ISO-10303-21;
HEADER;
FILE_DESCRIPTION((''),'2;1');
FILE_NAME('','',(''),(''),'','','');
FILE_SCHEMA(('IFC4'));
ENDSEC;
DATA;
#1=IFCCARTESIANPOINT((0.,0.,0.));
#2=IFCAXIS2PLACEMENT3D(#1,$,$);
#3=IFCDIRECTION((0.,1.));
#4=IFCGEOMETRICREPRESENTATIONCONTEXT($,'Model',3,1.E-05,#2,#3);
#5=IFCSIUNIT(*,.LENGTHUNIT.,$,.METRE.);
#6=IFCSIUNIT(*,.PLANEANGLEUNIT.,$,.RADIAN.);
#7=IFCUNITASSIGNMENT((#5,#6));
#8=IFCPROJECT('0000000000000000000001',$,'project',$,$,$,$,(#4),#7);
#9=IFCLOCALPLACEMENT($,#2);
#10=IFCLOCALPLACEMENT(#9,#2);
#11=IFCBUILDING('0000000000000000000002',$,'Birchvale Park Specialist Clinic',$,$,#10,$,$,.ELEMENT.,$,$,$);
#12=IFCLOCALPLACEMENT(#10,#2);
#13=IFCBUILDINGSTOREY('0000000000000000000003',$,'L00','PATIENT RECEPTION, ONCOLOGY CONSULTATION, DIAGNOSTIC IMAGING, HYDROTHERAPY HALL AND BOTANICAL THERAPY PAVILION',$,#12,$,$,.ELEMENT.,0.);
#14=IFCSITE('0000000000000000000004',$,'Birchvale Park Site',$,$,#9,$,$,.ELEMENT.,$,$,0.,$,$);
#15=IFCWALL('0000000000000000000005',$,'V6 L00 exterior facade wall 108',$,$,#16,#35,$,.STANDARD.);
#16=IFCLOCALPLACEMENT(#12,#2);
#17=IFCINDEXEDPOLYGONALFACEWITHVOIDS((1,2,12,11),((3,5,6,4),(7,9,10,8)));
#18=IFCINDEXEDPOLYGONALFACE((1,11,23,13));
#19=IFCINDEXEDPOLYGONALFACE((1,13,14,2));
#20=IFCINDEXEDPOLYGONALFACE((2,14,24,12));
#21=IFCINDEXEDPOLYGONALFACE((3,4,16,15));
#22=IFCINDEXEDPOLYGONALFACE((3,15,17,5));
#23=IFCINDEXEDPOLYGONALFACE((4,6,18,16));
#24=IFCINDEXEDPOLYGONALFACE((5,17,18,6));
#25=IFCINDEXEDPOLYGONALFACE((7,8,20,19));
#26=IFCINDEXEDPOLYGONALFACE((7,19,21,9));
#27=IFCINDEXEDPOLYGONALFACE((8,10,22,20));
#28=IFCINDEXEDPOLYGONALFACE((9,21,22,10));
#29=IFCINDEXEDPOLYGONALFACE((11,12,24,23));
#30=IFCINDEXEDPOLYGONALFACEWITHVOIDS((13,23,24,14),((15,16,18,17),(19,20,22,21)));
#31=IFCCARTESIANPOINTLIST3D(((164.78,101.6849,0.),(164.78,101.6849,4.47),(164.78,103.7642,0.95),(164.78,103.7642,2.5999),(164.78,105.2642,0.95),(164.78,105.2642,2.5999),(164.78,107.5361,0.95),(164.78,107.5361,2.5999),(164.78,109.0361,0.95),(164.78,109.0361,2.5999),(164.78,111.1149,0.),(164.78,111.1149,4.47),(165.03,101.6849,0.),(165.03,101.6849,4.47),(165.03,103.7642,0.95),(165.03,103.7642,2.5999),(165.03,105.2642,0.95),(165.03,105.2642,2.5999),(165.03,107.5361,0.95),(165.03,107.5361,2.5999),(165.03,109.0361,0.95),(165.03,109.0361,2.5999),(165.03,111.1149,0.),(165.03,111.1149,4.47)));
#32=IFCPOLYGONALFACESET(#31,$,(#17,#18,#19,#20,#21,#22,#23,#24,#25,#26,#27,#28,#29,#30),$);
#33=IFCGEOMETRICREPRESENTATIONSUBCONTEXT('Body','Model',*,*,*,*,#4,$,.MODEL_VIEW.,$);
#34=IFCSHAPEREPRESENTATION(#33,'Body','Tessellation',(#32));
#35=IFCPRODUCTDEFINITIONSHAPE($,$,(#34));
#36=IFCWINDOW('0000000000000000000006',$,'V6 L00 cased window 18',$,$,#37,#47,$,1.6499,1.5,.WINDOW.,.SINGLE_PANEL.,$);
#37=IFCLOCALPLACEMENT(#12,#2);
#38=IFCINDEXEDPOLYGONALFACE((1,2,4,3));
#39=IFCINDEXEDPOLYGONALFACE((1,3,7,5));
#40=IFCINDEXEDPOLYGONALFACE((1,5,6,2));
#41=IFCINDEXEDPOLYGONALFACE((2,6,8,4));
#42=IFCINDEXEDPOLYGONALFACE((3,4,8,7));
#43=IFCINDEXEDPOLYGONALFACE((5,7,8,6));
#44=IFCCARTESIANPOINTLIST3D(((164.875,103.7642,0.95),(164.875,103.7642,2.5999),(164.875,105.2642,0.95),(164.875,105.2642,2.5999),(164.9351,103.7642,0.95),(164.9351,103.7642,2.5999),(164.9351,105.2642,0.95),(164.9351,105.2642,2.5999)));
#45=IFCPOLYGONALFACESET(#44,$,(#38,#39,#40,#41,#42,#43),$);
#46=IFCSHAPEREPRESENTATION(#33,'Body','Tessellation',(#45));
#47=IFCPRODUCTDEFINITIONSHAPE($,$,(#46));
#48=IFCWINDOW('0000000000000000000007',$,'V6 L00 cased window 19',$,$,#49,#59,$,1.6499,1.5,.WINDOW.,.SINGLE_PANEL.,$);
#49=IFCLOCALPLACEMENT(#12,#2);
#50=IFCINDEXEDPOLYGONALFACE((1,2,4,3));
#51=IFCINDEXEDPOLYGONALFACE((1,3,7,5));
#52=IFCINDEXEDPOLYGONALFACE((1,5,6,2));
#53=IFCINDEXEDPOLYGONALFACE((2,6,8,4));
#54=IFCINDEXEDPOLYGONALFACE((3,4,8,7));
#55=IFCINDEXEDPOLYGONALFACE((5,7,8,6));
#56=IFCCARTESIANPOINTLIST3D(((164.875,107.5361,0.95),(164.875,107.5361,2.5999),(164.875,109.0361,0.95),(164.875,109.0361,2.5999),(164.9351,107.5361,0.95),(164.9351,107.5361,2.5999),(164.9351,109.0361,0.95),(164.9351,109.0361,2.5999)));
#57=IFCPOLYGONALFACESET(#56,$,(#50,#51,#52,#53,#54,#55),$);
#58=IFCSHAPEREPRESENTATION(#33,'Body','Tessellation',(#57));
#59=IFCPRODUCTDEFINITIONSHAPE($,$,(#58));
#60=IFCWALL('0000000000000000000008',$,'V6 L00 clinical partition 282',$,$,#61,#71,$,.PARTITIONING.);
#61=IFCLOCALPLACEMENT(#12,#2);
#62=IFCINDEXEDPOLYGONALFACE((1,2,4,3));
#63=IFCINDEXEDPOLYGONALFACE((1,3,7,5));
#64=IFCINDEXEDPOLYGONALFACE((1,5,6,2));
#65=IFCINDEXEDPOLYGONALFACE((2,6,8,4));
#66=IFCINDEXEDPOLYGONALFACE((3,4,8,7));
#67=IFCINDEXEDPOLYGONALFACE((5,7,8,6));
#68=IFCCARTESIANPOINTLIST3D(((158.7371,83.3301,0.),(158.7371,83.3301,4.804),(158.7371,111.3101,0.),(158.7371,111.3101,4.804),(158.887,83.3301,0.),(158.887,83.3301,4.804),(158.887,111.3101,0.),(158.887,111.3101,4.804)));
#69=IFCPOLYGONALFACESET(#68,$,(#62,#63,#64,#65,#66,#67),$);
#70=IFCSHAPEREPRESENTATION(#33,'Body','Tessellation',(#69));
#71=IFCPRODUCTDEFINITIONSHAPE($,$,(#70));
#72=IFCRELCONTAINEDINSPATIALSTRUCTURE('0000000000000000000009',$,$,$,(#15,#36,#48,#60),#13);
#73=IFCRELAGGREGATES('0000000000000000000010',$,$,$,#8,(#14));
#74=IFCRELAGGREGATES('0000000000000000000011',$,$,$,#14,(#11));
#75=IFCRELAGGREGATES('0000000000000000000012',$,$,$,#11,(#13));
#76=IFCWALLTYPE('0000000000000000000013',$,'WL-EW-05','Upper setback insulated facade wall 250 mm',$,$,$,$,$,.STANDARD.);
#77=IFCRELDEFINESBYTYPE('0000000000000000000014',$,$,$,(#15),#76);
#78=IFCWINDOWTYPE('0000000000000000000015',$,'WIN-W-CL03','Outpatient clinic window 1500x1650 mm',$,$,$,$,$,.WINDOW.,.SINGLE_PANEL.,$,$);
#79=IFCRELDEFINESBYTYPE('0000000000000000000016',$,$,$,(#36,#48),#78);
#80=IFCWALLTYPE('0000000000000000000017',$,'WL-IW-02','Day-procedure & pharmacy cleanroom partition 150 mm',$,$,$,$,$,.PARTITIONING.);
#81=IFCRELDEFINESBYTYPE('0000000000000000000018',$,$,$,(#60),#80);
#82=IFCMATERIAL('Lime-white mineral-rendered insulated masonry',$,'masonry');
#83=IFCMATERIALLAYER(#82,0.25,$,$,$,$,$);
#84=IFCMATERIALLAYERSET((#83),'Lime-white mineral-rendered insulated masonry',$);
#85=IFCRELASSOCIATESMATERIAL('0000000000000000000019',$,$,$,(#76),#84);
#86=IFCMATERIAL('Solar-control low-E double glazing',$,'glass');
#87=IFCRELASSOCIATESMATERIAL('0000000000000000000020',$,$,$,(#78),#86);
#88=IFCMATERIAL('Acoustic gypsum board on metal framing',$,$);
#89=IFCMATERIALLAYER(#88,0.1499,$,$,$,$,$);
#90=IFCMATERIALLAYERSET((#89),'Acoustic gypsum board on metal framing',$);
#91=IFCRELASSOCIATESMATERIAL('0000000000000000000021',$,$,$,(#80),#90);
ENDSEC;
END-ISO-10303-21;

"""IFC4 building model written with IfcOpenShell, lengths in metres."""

from ifc_helpers import new_model, si_unit, direction, frame, frame_2d, origin, place, context, subcontext, project, spatial, rectangle, extrude, material, layer, layer_set, type_object, element, fill, save


model = new_model("IFC4")

# Units and contexts
model_context = context("Model", 3, precision=1e-05, world=origin(), true_north=direction((0.0, 1.0)))
body_context = subcontext(model_context, "Body", "Model", "MODEL_VIEW")
ifc_project = project(units=[si_unit("LENGTHUNIT", "METRE"), si_unit("PLANEANGLEUNIT", "RADIAN")], contexts=[model_context])

# Site, building, storey
site_placement = place(None, origin())
site = spatial("IfcSite", under=ifc_project, at=site_placement, Name="Birchvale Park Site", CompositionType="ELEMENT", RefElevation=0.0)
building_placement = place(site_placement, origin())
building = spatial("IfcBuilding", under=site, at=building_placement, Name="Birchvale Park Specialist Clinic", CompositionType="ELEMENT")
storey_placement = place(building_placement, origin())
storey = spatial("IfcBuildingStorey", under=building, at=storey_placement, Name="L00", Description="PATIENT RECEPTION, ONCOLOGY CONSULTATION, DIAGNOSTIC IMAGING, HYDROTHERAPY HALL AND BOTANICAL THERAPY PAVILION", CompositionType="ELEMENT", Elevation=0.0)

# Shared definitions
ifc_material_1 = material(Name="Solar-control low-E double glazing", Category="glass")

# Wall, openings, windows
ifc_material_2 = material(Name="Lime-white mineral-rendered insulated masonry", Category="masonry")
ifc_layer_1 = layer(ifc_material_2, 0.25)
ifc_layer_set_1 = layer_set([ifc_layer_1], Name="Lime-white mineral-rendered insulated masonry")
wall_type_1 = type_object("IfcWallType", Name="WL-EW-05", Description="Upper setback insulated facade wall 250 mm", PredefinedType="STANDARD", material=ifc_layer_set_1)
wall_1_placement = place(storey_placement, frame((164.905, 101.6851, 0.0), z_axis=(0.0, 0.0, 1.0), x_axis=(0.0, 1.0, 0.0)))
wall_1 = element("IfcWall", 1, at=wall_1_placement, inside=storey, type_object=wall_type_1, Name="V6 L00 exterior facade wall 108", PredefinedType="STANDARD", context=body_context, shape_type="SweptSolid", body=[
    extrude(rectangle(XDim=9.4299, YDim=0.25, at=frame_2d((4.7148, 0.0))), origin(), (0.0, 0.0, 1.0), 4.47),
])
opening_1_placement = place(wall_1_placement, frame((2.0791, 0.0, 0.95)))
opening_1 = element("IfcOpeningElement", 2, at=opening_1_placement, cuts=wall_1, PredefinedType="OPENING", context=body_context, shape_type="SweptSolid", body=[
    extrude(rectangle(XDim=1.5, YDim=1.6499, at=frame_2d((0.75, 0.825))), frame((0.0, 0.135, 0.0), z_axis=(0.0, -1.0, 0.0), x_axis=(1.0, 0.0, 0.0)), (0.0, 0.0, 1.0), 0.27),
])
opening_2_placement = place(wall_1_placement, frame((5.8511, 0.0, 0.95)))
opening_2 = element("IfcOpeningElement", 3, at=opening_2_placement, cuts=wall_1, PredefinedType="OPENING", context=body_context, shape_type="SweptSolid", body=[
    extrude(rectangle(XDim=1.5, YDim=1.6499, at=frame_2d((0.75, 0.825))), frame((0.0, 0.135, 0.0), z_axis=(0.0, -1.0, 0.0), x_axis=(1.0, 0.0, 0.0)), (0.0, 0.0, 1.0), 0.27),
])
window_type = type_object("IfcWindowType", Name="WIN-W-CL03", Description="Outpatient clinic window 1500x1650 mm", PartitioningType="SINGLE_PANEL", PredefinedType="WINDOW", material=ifc_material_1)
window_1_placement = place(opening_1_placement, origin())
window_1 = element("IfcWindow", 4, at=window_1_placement, inside=storey, type_object=window_type, Name="V6 L00 cased window 18", OverallHeight=1.6499, OverallWidth=1.5, PartitioningType="SINGLE_PANEL", PredefinedType="WINDOW", context=body_context, shape_type="SweptSolid", body=[
    extrude(rectangle(XDim=1.5, YDim=1.6499, at=frame_2d((0.75, 0.825))), frame((0.0, 0.03, 0.0), z_axis=(0.0, -1.0, 0.0), x_axis=(1.0, 0.0, 0.0)), (0.0, 0.0, 1.0), 0.0601),
])
fill(opening_1, window_1)
window_2_placement = place(opening_2_placement, origin())
window_2 = element("IfcWindow", 5, at=window_2_placement, inside=storey, type_object=window_type, Name="V6 L00 cased window 19", OverallHeight=1.6499, OverallWidth=1.5, PartitioningType="SINGLE_PANEL", PredefinedType="WINDOW", context=body_context, shape_type="SweptSolid", body=[
    extrude(rectangle(XDim=1.5, YDim=1.6499, at=frame_2d((0.75, 0.825))), frame((0.0, 0.03, 0.0), z_axis=(0.0, -1.0, 0.0), x_axis=(1.0, 0.0, 0.0)), (0.0, 0.0, 1.0), 0.0601),
])
fill(opening_2, window_2)

# Wall
ifc_material_3 = material(Name="Acoustic gypsum board on metal framing")
ifc_layer_2 = layer(ifc_material_3, 0.1499)
ifc_layer_set_2 = layer_set([ifc_layer_2], Name="Acoustic gypsum board on metal framing")
wall_type_2 = type_object("IfcWallType", Name="WL-IW-02", Description="Day-procedure & pharmacy cleanroom partition 150 mm", PredefinedType="PARTITIONING", material=ifc_layer_set_2)
wall_2_placement = place(storey_placement, frame((158.812, 111.3101, 0.0), z_axis=(0.0, 0.0, 1.0), x_axis=(0.0, -1.0, 0.0)))
element("IfcWall", 6, at=wall_2_placement, inside=storey, type_object=wall_type_2, Name="V6 L00 clinical partition 282", PredefinedType="PARTITIONING", context=body_context, shape_type="SweptSolid", body=[
    extrude(rectangle(XDim=27.98, YDim=0.1499, at=frame_2d((13.99, 0.0))), origin(), (0.0, 0.0, 1.0), 4.804),
])

save(model, "model.ifc")
